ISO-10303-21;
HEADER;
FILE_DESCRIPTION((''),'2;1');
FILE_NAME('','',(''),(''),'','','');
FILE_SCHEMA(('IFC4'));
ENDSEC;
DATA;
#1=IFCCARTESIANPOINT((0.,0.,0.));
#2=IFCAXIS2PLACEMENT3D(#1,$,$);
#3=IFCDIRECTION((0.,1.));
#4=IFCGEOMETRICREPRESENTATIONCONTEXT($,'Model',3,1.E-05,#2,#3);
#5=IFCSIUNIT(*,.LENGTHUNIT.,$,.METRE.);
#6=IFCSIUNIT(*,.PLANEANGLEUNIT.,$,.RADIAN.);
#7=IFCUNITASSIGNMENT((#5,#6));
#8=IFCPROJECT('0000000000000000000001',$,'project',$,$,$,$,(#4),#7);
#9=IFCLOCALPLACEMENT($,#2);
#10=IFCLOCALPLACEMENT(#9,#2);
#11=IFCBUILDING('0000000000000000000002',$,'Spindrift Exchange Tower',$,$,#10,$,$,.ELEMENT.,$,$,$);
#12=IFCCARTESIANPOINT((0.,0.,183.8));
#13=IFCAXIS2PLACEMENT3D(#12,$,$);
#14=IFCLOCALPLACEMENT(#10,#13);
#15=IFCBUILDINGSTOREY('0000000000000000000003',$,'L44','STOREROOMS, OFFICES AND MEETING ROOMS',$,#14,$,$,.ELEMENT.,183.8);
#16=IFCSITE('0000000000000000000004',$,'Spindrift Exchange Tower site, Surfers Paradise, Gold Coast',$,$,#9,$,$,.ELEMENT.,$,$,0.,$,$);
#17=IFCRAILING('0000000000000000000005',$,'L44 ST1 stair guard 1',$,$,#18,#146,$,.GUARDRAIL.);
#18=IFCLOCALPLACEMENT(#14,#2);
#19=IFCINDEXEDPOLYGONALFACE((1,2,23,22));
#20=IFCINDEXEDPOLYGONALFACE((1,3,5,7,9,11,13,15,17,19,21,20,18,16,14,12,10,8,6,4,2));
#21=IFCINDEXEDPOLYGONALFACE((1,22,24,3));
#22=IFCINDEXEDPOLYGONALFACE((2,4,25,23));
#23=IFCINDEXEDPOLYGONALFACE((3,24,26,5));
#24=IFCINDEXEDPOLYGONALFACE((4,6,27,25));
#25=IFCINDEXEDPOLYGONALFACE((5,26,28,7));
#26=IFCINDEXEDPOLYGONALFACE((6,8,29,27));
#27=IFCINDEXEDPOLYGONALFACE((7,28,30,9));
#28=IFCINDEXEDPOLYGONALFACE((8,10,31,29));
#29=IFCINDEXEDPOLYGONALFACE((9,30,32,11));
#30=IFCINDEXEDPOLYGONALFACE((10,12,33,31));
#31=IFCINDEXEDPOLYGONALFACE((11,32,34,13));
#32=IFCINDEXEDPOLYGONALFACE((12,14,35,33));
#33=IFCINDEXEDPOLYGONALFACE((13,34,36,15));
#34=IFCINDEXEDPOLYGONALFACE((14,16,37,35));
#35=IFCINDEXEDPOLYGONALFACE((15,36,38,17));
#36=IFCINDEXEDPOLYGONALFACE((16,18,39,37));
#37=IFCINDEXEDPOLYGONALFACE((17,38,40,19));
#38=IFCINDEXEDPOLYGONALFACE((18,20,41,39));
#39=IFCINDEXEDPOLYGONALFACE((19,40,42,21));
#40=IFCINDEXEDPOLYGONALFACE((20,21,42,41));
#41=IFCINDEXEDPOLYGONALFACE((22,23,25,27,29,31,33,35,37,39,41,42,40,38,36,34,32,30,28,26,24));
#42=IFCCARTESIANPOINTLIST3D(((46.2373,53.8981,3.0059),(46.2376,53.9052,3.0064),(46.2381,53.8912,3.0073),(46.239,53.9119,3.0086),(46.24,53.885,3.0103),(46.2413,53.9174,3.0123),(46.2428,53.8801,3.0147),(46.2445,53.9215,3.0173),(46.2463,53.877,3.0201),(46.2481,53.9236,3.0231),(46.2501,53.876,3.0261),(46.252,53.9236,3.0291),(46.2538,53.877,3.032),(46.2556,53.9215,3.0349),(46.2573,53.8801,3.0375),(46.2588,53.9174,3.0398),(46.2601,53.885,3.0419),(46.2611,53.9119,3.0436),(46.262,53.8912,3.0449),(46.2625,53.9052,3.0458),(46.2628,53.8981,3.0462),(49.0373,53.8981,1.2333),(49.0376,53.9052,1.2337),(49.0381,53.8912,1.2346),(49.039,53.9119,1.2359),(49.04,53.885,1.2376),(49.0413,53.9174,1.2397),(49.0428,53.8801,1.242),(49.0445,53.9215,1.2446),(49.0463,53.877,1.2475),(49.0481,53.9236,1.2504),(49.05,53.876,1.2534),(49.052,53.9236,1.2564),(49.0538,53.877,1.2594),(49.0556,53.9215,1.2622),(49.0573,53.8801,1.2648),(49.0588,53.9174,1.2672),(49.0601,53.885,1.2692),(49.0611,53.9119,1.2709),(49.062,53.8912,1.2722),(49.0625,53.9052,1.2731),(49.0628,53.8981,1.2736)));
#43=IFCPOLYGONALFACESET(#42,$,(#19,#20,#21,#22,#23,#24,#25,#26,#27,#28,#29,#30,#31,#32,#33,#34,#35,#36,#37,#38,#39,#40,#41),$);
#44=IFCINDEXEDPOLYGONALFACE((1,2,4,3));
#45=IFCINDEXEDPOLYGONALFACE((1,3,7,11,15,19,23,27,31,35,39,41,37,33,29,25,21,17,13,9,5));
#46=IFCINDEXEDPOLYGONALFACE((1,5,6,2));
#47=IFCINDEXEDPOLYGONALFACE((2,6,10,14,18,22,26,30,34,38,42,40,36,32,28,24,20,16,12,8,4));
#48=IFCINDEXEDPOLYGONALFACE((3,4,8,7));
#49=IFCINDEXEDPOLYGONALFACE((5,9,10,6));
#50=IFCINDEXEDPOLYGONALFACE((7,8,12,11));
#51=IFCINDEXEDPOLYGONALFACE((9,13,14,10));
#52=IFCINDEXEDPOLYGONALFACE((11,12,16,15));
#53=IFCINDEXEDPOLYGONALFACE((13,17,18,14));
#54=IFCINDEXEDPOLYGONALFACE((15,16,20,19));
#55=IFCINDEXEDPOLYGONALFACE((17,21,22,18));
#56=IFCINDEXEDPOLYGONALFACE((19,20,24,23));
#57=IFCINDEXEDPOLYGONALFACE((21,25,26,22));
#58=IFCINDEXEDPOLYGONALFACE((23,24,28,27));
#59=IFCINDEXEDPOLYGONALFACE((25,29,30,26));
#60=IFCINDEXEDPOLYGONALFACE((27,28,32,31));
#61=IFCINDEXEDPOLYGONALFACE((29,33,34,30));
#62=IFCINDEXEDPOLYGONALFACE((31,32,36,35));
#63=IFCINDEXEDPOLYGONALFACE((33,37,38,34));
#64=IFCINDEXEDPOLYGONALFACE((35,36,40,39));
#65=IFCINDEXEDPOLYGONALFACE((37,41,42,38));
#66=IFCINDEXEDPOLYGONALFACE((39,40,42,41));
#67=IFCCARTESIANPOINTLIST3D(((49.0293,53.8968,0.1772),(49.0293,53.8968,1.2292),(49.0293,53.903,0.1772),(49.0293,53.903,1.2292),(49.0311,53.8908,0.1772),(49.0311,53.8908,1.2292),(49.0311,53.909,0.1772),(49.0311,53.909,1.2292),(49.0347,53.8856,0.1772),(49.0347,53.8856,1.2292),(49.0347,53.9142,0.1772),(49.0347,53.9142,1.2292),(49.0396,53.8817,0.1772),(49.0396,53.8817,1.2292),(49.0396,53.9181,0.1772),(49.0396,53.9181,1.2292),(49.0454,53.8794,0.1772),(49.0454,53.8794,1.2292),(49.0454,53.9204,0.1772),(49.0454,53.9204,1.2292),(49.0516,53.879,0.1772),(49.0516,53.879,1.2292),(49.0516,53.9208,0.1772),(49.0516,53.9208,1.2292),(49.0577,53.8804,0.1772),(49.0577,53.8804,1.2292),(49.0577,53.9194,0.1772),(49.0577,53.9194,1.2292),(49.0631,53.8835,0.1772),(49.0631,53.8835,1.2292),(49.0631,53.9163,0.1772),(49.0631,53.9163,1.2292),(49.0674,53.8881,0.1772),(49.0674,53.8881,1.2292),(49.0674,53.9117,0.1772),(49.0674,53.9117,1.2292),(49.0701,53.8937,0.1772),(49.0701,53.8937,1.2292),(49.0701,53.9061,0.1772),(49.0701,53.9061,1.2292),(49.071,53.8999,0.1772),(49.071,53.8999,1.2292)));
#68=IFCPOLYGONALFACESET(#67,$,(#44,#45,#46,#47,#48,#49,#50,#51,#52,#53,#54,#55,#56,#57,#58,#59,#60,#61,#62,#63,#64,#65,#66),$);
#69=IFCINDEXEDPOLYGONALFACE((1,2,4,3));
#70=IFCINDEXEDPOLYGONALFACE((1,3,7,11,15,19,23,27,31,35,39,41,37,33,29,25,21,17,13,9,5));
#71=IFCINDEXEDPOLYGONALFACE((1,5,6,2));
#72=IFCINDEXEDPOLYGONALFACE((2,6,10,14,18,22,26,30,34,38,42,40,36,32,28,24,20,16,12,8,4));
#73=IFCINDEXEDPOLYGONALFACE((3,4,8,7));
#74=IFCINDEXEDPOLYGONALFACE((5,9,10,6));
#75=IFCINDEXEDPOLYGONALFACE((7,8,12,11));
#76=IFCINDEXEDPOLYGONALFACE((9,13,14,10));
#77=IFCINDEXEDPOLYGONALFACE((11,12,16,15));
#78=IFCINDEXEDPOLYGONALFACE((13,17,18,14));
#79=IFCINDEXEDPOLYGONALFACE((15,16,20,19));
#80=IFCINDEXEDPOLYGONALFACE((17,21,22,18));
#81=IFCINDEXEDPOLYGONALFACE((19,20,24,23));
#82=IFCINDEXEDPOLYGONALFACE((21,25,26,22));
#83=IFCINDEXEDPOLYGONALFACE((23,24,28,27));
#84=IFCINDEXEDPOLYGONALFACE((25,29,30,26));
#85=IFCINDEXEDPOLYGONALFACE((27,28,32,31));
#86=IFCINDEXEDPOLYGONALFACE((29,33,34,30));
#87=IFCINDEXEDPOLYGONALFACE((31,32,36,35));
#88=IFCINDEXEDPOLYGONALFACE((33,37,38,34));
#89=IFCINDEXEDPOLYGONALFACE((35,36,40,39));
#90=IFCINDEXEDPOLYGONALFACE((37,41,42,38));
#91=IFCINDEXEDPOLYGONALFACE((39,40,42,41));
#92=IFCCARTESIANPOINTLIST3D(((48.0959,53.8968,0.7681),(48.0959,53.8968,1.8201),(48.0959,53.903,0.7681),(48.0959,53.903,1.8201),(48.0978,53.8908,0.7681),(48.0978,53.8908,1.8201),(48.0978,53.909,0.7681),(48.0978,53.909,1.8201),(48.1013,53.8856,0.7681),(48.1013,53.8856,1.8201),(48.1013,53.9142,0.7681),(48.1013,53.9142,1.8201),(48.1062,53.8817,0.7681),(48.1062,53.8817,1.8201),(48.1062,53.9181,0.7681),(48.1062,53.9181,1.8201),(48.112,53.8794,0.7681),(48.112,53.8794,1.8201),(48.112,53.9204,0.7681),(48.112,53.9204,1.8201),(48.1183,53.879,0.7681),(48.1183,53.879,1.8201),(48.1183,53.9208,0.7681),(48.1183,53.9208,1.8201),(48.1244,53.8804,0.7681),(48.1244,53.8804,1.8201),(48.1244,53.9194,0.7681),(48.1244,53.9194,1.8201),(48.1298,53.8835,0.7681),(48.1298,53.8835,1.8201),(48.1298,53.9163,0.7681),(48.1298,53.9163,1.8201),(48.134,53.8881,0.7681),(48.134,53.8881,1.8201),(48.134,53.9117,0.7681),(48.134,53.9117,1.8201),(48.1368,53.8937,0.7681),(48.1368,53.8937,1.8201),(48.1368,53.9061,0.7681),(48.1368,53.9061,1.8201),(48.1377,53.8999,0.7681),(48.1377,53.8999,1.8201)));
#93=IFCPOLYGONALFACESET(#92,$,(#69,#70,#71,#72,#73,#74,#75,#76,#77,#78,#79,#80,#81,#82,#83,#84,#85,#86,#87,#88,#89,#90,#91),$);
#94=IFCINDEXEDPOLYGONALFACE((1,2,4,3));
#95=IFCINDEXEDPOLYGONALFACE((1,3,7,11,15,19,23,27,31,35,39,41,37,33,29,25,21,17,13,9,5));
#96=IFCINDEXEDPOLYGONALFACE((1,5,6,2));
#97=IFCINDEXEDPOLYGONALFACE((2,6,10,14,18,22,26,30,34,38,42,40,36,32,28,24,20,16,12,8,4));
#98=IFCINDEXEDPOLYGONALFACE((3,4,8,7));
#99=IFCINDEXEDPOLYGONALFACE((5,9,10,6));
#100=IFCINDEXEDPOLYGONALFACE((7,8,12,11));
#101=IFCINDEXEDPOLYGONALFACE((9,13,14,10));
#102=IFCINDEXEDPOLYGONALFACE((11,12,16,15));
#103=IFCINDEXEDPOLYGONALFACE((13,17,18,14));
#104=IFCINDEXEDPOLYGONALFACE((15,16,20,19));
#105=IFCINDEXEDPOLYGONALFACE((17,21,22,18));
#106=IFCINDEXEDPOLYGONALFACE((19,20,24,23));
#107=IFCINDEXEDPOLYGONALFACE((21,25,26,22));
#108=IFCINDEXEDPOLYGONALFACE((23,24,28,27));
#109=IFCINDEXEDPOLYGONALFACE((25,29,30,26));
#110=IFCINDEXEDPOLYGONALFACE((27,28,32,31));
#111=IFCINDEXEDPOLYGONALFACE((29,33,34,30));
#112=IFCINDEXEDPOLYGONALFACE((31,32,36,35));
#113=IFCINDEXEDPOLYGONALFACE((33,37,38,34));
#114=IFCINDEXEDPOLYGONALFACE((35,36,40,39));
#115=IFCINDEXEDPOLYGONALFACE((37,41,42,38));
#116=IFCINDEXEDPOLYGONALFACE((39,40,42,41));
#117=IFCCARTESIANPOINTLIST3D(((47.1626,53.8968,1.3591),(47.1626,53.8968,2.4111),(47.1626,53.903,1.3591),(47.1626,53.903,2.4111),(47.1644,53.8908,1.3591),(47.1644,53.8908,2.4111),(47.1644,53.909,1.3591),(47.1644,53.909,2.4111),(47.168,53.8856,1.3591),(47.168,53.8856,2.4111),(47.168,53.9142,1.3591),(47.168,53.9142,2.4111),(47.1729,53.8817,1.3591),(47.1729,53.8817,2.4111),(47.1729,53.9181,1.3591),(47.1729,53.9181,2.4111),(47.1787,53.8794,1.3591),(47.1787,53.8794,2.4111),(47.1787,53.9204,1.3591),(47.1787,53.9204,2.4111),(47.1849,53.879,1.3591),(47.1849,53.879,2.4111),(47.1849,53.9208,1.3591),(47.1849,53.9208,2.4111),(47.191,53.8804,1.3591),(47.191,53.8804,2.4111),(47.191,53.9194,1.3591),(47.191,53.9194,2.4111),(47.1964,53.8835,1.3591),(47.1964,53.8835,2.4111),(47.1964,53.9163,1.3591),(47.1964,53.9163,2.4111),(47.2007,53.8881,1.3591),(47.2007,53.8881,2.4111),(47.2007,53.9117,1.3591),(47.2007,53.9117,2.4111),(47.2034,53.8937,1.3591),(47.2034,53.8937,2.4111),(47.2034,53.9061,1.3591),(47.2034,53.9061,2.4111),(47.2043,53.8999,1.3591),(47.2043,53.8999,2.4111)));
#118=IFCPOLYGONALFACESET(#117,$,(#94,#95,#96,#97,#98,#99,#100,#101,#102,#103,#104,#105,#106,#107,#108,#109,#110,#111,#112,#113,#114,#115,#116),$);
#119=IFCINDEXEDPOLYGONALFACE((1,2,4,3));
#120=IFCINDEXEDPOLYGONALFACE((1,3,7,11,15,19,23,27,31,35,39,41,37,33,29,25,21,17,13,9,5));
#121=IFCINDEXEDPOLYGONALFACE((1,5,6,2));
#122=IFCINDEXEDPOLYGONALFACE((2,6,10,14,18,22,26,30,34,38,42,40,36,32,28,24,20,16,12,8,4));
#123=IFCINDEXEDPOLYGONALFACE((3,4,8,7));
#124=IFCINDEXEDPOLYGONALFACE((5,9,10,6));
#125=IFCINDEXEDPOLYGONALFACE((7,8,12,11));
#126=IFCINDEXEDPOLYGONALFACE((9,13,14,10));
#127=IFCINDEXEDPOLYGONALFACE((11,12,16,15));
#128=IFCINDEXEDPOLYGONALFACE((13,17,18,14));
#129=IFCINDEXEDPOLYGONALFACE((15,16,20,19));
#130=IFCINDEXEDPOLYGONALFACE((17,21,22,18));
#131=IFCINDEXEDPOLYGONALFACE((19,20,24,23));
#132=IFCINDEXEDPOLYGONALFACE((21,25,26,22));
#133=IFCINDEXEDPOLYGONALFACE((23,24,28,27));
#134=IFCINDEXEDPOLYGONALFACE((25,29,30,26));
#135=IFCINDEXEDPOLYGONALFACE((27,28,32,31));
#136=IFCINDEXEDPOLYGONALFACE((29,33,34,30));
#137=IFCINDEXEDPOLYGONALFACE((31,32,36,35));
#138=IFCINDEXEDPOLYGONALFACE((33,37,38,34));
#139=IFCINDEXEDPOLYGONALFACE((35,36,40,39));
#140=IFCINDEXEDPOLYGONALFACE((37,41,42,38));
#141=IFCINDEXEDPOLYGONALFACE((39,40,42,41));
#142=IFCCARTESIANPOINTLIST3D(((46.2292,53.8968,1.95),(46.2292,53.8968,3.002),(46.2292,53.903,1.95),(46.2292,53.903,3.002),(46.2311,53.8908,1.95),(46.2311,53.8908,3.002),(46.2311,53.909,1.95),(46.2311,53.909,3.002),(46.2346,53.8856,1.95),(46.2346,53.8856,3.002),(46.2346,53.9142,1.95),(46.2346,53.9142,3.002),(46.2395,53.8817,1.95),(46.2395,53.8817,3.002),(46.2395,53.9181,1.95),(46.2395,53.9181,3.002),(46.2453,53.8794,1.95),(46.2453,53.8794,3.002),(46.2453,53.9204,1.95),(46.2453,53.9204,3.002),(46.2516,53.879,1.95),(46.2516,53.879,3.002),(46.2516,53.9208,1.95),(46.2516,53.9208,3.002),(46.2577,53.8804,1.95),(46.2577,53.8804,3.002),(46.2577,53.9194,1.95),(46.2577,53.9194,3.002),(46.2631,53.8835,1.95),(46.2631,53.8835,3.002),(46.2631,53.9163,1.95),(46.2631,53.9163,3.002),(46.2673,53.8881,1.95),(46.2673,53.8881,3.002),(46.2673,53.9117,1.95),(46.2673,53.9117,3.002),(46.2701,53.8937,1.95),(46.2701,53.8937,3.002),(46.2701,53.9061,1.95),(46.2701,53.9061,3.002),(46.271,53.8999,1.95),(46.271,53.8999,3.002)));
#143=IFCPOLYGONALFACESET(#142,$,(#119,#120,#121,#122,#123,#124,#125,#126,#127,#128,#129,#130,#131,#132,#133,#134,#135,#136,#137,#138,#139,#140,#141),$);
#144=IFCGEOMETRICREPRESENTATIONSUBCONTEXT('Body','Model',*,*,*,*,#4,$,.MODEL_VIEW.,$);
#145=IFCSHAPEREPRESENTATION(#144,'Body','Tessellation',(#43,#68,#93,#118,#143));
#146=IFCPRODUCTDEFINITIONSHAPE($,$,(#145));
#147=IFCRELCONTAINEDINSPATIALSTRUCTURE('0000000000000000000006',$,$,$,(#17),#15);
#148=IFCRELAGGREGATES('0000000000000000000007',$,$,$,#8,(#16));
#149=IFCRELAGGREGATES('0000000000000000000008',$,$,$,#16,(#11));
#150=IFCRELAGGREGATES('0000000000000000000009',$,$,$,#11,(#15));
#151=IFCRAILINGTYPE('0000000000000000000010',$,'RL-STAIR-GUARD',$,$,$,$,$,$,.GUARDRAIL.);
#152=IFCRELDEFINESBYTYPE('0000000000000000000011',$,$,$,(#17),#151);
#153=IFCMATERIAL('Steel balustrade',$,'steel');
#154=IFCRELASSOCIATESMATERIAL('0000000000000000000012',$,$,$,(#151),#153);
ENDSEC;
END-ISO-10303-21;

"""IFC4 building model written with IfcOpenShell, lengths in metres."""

from ifc_helpers import new_model, si_unit, direction, frame, origin, origin_2d, place, context, subcontext, project, spatial, circle, extrude, material, type_object, element, save


model = new_model("IFC4")

# Units and contexts
model_context = context("Model", 3, precision=1e-05, world=origin(), true_north=direction((0.0, 1.0)))
body_context = subcontext(model_context, "Body", "Model", "MODEL_VIEW")
ifc_project = project(units=[si_unit("LENGTHUNIT", "METRE"), si_unit("PLANEANGLEUNIT", "RADIAN")], contexts=[model_context])

# Site, building, storey
site_placement = place(None, origin())
site = spatial("IfcSite", under=ifc_project, at=site_placement, Name="Spindrift Exchange Tower site, Surfers Paradise, Gold Coast", CompositionType="ELEMENT", RefElevation=0.0)
building_placement = place(site_placement, origin())
building = spatial("IfcBuilding", under=site, at=building_placement, Name="Spindrift Exchange Tower", CompositionType="ELEMENT")
storey_placement = place(building_placement, frame((0.0, 0.0, 183.8)))
storey = spatial("IfcBuildingStorey", under=building, at=storey_placement, Name="L44", Description="STOREROOMS, OFFICES AND MEETING ROOMS", CompositionType="ELEMENT", Elevation=183.8)

# Railing
ifc_material_1 = material(Name="Steel balustrade", Category="steel")
railing_type_1 = type_object("IfcRailingType", Name="RL-STAIR-GUARD", PredefinedType="GUARDRAIL", material=ifc_material_1)
railing_1_placement = place(storey_placement, frame((49.05, 53.8999, 0.1772)))
element("IfcRailing", 1, at=railing_1_placement, inside=storey, type_object=railing_type_1, Name="L44 ST1 stair guard 1", PredefinedType="GUARDRAIL", context=body_context, shape_type="SweptSolid", body=[
    extrude(circle(Radius=0.0239, at=origin_2d()), frame((0.0, 0.0, 1.0762), z_axis=(-0.844909, 0.0, 0.53491), x_axis=(0.0, -1.0, 0.0)), (0.0, 0.0, 1.0), 3.314),
    extrude(circle(Radius=0.021, at=origin_2d()), origin(), (0.0, 0.0, 1.0), 1.052),
    extrude(circle(Radius=0.021, at=origin_2d()), frame((-0.9333, 0.0, 0.5908)), (0.0, 0.0, 1.0), 1.052),
    extrude(circle(Radius=0.021, at=origin_2d()), frame((-1.8667, 0.0, 1.1819)), (0.0, 0.0, 1.0), 1.052),
    extrude(circle(Radius=0.021, at=origin_2d()), frame((-2.8, 0.0, 1.7727)), (0.0, 0.0, 1.0), 1.052),
])

save(model, "model.ifc")
